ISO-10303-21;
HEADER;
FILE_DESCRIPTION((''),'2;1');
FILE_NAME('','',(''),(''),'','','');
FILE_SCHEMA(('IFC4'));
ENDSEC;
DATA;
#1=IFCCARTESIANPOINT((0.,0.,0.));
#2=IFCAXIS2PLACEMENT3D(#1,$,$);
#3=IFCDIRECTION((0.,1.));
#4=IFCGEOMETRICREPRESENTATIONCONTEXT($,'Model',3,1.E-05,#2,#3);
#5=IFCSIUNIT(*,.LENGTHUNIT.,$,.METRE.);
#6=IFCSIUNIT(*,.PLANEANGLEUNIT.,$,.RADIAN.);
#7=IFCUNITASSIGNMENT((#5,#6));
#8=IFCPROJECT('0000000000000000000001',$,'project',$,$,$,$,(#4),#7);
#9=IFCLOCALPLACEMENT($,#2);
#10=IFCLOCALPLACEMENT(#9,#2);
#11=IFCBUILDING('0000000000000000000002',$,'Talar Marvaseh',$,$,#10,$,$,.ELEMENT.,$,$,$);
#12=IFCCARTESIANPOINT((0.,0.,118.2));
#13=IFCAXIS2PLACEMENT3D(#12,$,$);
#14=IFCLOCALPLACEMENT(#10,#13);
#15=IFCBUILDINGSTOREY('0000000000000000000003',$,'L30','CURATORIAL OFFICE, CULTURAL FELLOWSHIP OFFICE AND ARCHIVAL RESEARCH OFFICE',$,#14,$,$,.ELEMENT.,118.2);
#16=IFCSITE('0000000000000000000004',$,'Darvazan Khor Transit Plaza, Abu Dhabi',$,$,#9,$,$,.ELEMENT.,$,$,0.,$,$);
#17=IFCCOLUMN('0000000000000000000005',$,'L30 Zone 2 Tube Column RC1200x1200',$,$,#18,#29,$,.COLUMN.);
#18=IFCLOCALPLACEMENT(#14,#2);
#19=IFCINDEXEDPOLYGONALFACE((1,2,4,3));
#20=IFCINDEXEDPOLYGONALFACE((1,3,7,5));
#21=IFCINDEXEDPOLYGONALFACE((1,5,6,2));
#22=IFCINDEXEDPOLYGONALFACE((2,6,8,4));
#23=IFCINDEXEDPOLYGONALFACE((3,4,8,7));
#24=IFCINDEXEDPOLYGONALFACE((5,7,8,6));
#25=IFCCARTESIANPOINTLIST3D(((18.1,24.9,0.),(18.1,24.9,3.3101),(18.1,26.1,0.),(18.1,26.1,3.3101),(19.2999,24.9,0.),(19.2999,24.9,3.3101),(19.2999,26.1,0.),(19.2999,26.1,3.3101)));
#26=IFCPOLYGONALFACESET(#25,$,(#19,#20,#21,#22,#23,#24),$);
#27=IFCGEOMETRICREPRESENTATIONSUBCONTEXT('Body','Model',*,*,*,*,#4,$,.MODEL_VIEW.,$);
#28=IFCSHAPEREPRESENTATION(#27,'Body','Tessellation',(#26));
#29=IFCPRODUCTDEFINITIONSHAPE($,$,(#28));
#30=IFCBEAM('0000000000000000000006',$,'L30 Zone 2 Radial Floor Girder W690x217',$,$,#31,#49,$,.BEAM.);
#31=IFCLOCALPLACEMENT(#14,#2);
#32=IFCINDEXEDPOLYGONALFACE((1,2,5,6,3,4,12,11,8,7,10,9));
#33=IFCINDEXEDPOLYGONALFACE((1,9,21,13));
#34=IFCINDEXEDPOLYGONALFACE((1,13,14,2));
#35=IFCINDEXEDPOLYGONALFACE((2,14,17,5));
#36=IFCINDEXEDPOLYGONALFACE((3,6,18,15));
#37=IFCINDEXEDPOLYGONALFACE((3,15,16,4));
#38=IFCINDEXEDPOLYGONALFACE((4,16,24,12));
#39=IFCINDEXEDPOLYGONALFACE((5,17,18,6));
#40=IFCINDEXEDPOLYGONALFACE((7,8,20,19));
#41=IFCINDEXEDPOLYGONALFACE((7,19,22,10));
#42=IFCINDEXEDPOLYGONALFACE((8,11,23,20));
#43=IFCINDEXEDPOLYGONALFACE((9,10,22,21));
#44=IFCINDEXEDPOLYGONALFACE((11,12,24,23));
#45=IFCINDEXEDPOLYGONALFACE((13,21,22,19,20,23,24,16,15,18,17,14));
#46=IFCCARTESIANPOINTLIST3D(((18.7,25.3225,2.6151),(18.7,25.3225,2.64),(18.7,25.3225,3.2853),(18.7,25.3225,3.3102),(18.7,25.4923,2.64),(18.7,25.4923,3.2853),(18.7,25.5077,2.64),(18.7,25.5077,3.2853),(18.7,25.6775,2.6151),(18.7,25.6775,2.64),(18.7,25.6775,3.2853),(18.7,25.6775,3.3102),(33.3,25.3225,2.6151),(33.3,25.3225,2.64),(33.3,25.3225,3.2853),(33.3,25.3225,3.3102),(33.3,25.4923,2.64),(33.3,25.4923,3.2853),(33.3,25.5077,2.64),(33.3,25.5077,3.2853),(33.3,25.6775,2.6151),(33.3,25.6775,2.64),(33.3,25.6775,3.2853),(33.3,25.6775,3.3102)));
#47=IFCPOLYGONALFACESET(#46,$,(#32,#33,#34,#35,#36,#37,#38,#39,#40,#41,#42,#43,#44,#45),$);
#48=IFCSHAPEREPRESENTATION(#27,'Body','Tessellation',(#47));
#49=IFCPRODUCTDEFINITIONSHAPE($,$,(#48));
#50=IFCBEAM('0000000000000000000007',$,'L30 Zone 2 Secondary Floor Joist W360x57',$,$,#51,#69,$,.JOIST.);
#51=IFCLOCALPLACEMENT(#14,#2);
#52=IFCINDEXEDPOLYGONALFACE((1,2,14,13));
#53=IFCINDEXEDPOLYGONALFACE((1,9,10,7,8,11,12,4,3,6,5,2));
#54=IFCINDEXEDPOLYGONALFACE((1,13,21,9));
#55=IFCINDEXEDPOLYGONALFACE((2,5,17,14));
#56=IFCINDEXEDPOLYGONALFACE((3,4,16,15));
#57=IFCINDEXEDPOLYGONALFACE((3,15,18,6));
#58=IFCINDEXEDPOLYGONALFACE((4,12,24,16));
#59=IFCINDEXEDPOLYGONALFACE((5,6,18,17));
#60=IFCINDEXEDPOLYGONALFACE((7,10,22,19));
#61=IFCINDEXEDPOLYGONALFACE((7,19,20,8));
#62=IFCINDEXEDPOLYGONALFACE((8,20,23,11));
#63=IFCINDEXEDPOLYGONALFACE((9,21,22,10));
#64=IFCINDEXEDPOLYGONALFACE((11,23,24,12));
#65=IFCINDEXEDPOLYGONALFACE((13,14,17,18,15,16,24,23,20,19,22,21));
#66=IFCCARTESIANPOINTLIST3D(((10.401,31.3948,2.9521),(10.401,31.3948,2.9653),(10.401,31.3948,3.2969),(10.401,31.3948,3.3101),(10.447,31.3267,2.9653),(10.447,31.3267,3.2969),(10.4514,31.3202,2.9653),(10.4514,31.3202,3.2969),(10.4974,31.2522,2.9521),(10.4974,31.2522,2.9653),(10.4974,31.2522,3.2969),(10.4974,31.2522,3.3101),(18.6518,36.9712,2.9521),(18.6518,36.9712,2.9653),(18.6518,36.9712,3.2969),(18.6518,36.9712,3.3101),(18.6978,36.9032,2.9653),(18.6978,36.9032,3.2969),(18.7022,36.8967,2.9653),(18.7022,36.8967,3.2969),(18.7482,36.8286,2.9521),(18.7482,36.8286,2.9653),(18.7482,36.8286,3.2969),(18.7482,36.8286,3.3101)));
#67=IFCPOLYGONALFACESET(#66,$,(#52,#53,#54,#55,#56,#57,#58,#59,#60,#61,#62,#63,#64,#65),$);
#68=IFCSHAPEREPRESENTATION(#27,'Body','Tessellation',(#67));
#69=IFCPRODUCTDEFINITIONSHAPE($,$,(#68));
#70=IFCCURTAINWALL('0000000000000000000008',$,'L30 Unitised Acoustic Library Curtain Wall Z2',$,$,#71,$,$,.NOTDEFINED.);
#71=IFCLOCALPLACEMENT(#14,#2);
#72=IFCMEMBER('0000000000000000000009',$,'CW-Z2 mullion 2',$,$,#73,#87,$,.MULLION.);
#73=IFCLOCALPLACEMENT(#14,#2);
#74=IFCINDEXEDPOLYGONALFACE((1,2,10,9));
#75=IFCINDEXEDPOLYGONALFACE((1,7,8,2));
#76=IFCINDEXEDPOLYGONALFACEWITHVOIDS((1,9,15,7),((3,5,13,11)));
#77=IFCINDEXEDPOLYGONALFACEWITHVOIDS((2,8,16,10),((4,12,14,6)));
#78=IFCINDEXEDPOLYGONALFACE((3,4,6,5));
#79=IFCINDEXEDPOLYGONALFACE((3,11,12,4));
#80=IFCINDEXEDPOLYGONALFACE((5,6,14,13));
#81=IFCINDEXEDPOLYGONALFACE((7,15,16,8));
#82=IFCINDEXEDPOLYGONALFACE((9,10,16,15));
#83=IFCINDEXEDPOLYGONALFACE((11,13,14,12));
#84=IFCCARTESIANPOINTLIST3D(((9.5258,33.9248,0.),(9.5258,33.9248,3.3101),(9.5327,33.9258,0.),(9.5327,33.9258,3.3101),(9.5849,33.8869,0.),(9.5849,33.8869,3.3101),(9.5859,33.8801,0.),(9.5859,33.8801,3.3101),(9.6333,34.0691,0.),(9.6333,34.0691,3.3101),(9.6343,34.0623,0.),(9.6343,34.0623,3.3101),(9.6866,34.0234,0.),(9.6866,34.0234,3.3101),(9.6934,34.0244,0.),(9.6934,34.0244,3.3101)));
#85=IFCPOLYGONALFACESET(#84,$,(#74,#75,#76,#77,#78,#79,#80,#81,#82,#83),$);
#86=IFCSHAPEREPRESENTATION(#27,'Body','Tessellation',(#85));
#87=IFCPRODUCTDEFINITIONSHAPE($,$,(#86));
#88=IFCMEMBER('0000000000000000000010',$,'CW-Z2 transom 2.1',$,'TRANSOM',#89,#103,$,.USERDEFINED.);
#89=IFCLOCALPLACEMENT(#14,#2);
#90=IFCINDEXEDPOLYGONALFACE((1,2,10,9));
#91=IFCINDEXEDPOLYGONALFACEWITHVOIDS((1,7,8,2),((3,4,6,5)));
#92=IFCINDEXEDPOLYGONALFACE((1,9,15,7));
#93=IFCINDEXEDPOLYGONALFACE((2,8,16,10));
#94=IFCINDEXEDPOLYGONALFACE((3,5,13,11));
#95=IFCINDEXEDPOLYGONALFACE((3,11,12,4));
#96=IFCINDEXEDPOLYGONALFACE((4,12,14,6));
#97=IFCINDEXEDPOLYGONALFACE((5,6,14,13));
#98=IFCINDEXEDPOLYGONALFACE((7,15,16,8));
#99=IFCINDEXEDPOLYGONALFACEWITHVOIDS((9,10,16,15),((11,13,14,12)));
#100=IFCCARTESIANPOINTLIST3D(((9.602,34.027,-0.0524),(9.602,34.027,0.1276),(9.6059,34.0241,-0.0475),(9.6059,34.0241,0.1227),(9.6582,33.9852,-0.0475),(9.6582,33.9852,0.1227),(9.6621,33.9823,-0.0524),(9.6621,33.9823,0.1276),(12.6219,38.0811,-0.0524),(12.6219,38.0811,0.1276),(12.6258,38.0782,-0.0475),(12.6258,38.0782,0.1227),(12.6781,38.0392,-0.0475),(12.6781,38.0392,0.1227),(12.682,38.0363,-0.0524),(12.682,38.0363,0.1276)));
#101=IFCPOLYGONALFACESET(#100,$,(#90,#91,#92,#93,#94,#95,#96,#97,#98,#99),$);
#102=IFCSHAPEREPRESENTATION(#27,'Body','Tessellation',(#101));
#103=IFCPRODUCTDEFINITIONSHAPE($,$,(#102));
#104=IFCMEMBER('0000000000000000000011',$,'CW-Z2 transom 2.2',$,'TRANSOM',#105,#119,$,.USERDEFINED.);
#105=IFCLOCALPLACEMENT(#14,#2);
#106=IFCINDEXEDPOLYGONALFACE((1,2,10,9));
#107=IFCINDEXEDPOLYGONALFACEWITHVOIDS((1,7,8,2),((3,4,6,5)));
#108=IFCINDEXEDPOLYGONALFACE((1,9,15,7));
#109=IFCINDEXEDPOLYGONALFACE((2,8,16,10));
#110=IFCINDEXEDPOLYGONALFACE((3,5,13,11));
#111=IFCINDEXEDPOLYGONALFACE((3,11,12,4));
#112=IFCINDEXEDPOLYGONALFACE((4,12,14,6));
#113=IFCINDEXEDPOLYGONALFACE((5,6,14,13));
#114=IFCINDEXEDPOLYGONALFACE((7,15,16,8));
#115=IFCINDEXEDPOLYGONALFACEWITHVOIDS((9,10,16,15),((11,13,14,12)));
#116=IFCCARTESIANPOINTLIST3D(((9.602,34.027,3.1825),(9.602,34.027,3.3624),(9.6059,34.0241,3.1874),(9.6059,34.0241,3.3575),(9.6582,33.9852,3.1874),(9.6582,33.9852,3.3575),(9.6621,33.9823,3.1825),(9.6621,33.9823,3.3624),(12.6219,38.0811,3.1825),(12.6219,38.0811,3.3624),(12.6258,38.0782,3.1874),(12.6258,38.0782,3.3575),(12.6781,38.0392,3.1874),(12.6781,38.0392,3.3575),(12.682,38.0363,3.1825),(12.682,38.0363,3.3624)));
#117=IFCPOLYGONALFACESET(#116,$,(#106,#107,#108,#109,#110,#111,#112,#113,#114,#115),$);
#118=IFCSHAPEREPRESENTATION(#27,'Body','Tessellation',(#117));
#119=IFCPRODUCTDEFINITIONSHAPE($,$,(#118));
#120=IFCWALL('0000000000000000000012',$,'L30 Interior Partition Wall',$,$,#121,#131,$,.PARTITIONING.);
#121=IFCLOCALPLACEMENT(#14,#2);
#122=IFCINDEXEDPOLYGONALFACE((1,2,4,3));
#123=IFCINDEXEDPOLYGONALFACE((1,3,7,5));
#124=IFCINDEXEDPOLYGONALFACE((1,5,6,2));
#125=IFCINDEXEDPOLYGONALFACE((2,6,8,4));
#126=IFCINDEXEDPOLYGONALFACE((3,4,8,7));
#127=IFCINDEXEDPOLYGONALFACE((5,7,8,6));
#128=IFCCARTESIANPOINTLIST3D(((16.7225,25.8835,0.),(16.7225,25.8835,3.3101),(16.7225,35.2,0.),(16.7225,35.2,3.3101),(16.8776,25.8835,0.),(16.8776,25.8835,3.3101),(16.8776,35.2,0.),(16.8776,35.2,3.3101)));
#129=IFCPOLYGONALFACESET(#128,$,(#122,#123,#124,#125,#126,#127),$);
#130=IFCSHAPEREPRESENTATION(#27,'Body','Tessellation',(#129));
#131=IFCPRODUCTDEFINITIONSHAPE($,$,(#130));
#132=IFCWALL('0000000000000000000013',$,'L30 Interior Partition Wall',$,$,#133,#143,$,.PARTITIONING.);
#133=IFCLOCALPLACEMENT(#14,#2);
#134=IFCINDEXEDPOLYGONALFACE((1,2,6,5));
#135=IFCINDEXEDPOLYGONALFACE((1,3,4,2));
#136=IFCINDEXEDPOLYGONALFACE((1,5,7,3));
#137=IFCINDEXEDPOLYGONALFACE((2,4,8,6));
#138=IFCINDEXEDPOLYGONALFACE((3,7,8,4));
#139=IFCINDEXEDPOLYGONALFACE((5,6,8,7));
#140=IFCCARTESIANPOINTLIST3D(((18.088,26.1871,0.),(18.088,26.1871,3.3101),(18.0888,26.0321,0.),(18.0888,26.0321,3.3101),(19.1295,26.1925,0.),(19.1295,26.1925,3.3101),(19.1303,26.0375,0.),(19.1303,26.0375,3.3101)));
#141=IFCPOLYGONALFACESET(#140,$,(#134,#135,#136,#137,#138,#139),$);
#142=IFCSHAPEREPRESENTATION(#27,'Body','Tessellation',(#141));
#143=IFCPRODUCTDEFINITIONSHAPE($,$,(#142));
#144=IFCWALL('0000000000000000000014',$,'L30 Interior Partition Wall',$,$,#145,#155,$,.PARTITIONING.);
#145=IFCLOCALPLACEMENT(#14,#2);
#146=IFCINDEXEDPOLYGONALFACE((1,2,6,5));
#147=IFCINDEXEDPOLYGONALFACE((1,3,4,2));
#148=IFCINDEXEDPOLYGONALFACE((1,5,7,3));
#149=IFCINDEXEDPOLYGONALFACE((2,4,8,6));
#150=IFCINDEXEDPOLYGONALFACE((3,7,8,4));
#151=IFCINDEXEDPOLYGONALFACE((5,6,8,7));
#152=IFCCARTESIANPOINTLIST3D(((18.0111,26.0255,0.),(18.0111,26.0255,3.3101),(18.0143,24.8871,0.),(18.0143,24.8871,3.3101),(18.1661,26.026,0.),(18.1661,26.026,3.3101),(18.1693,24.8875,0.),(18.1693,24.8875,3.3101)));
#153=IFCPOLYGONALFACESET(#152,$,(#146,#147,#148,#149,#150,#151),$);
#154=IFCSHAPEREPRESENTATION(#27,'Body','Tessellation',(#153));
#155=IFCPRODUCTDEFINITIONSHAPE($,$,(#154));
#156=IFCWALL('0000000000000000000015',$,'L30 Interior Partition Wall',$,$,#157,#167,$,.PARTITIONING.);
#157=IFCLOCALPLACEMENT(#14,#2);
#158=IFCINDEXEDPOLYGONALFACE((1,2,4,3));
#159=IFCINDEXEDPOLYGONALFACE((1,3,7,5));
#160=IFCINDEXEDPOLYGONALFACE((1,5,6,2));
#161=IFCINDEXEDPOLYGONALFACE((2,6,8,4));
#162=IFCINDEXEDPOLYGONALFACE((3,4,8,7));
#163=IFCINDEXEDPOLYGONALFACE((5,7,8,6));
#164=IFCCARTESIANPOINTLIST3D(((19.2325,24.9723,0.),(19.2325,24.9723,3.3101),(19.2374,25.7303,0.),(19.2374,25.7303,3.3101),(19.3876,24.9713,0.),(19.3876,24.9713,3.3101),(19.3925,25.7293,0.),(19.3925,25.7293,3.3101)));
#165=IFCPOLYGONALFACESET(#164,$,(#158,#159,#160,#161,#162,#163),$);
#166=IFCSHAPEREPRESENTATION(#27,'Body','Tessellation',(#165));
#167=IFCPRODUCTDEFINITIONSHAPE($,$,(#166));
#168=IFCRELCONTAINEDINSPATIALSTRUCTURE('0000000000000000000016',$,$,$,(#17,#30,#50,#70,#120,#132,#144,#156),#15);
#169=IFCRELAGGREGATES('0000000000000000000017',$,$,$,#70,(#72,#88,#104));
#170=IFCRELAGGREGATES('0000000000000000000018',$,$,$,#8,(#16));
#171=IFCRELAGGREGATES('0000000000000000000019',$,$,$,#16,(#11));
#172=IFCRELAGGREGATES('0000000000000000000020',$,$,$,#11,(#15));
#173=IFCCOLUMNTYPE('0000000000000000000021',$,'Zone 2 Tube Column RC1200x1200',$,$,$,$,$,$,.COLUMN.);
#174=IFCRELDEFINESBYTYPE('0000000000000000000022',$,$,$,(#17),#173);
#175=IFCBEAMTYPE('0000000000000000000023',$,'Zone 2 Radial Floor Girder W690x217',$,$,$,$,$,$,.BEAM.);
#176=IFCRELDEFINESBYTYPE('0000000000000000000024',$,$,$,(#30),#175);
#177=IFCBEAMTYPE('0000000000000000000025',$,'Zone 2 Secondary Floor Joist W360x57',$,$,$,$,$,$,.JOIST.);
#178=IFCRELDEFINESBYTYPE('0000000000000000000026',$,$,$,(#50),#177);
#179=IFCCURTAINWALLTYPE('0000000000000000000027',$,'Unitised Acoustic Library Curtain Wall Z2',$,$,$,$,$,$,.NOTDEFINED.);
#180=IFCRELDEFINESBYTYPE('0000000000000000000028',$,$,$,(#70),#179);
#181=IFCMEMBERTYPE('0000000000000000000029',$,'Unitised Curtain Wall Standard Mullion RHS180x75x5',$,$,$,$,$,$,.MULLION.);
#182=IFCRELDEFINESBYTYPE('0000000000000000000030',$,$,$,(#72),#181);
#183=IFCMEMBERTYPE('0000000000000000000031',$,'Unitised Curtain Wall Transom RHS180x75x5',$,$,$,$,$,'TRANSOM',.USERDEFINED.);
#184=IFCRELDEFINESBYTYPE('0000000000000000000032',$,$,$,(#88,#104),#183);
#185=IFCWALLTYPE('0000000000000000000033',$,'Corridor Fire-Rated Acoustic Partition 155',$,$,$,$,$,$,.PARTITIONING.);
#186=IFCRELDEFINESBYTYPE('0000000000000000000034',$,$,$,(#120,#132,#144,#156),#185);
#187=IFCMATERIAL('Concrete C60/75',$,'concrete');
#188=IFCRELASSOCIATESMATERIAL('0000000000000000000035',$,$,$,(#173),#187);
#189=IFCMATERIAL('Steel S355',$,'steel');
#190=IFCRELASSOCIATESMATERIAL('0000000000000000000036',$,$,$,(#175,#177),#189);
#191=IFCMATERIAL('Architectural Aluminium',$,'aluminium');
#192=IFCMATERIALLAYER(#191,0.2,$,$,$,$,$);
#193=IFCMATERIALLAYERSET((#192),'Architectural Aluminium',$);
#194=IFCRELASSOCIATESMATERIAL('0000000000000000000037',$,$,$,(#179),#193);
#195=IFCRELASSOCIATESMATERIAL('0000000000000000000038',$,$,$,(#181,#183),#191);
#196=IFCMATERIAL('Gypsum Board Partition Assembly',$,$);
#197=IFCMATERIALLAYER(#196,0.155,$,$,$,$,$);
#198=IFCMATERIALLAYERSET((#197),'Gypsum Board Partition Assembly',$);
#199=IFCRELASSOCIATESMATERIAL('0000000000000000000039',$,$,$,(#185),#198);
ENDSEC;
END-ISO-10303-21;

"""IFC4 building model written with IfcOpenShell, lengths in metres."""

from ifc_helpers import new_model, si_unit, direction, frame, frame_2d, origin, origin_2d, place, context, subcontext, project, spatial, rectangle, hollow_rectangle, i_section, extrude, source, transform, mapped, material, layer, layer_set, material_profile, profile_set, type_object, type_shapes, element, aggregate, save


model = new_model("IFC4")

# Units and contexts
model_context = context("Model", 3, precision=1e-05, world=origin(), true_north=direction((0.0, 1.0)))
body_context = subcontext(model_context, "Body", "Model", "MODEL_VIEW")
ifc_project = project(units=[si_unit("LENGTHUNIT", "METRE"), si_unit("PLANEANGLEUNIT", "RADIAN")], contexts=[model_context])

# Site, building, storey
site_placement = place(None, origin())
site = spatial("IfcSite", under=ifc_project, at=site_placement, Name="Darvazan Khor Transit Plaza, Abu Dhabi", CompositionType="ELEMENT", RefElevation=0.0)
building_placement = place(site_placement, origin())
building = spatial("IfcBuilding", under=site, at=building_placement, Name="Talar Marvaseh", CompositionType="ELEMENT")
storey_placement = place(building_placement, frame((0.0, 0.0, 118.2)))
storey = spatial("IfcBuildingStorey", under=building, at=storey_placement, Name="L30", Description="CURATORIAL OFFICE, CULTURAL FELLOWSHIP OFFICE AND ARCHIVAL RESEARCH OFFICE", CompositionType="ELEMENT", Elevation=118.2)

# Column
ifc_material_1 = material(Name="Concrete C60/75", Category="concrete")
ifc_material_profile_1 = material_profile(ifc_material_1, rectangle(XDim=1.2, YDim=1.2, at=origin_2d()), Name="RC1200x1200")
ifc_profile_set_1 = profile_set([ifc_material_profile_1], Name="Concrete C60/75")
column_type = type_object("IfcColumnType", Name="Zone 2 Tube Column RC1200x1200", PredefinedType="COLUMN", material=ifc_profile_set_1)
column_placement = place(storey_placement, frame((18.7, 25.5, 0.0), z_axis=(0.0, 0.0, 1.0), x_axis=(1.0, 0.0, 0.0)))
element("IfcColumn", 1, at=column_placement, inside=storey, type_object=column_type, Name="L30 Zone 2 Tube Column RC1200x1200", PredefinedType="COLUMN", context=body_context, shape_type="SweptSolid", body=[
    extrude(rectangle(XDim=1.2, YDim=1.2, at=origin_2d()), origin(), (0.0, 0.0, 1.0), 3.3101),
])

# Beams
ifc_material_2 = material(Name="Steel S355", Category="steel")
ifc_material_profile_2 = material_profile(ifc_material_2, i_section(OverallWidth=0.355, OverallDepth=0.6951, WebThickness=0.0154, FlangeThickness=0.0249, at=origin_2d()), Name="W690x217")
ifc_profile_set_2 = profile_set([ifc_material_profile_2], Name="Steel S355")
beam_type_1 = type_object("IfcBeamType", Name="Zone 2 Radial Floor Girder W690x217", PredefinedType="BEAM", material=ifc_profile_set_2)
beam_1_placement = place(storey_placement, frame((18.7, 25.5, 2.9626), z_axis=(1.0, 0.0, 0.0), x_axis=(0.0, 1.0, 0.0)))
element("IfcBeam", 2, at=beam_1_placement, inside=storey, type_object=beam_type_1, Name="L30 Zone 2 Radial Floor Girder W690x217", PredefinedType="BEAM", context=body_context, shape_type="SweptSolid", body=[
    extrude(i_section(OverallWidth=0.355, OverallDepth=0.6951, WebThickness=0.0154, FlangeThickness=0.0249, at=origin_2d()), origin(), (0.0, 0.0, 1.0), 14.6001),
])
ifc_material_profile_3 = material_profile(ifc_material_2, i_section(OverallWidth=0.1721, OverallDepth=0.3579, WebThickness=0.0078, FlangeThickness=0.0132, at=origin_2d()), Name="W360x57")
ifc_profile_set_3 = profile_set([ifc_material_profile_3], Name="Steel S355")
beam_type_2 = type_object("IfcBeamType", Name="Zone 2 Secondary Floor Joist W360x57", PredefinedType="JOIST", material=ifc_profile_set_3)
beam_2_placement = place(storey_placement, frame((10.4492, 31.3235, 3.1311), z_axis=(0.828515, 0.559967, 0.0), x_axis=(-0.559967, 0.828515, 0.0)))
element("IfcBeam", 3, at=beam_2_placement, inside=storey, type_object=beam_type_2, Name="L30 Zone 2 Secondary Floor Joist W360x57", PredefinedType="JOIST", context=body_context, shape_type="SweptSolid", body=[
    extrude(i_section(OverallWidth=0.1721, OverallDepth=0.3579, WebThickness=0.0078, FlangeThickness=0.0132, at=origin_2d()), origin(), (0.0, 0.0, 1.0), 9.9585),
])

# Curtain wall, members
ifc_material_3 = material(Name="Architectural Aluminium", Category="aluminium")
ifc_layer_1 = layer(ifc_material_3, 0.2)
ifc_layer_set_1 = layer_set([ifc_layer_1], Name="Architectural Aluminium")
curtain_wall_type = type_object("IfcCurtainWallType", Name="Unitised Acoustic Library Curtain Wall Z2", PredefinedType="NOTDEFINED", material=ifc_layer_set_1)
curtain_wall_placement = place(storey_placement, origin())
curtain_wall = element("IfcCurtainWall", 4, at=curtain_wall_placement, inside=storey, type_object=curtain_wall_type, Name="L30 Unitised Acoustic Library Curtain Wall Z2", PredefinedType="NOTDEFINED")
ifc_material_profile_4 = material_profile(ifc_material_3, hollow_rectangle(XDim=0.075, YDim=0.1799, WallThickness=0.0049, at=origin_2d()), Name="RHS180x75x5")
ifc_profile_set_4 = profile_set([ifc_material_profile_4], Name="Architectural Aluminium")
member_type_1 = type_object("IfcMemberType", Name="Unitised Curtain Wall Standard Mullion RHS180x75x5", PredefinedType="MULLION", material=ifc_profile_set_4)
shared_shape_1 = source(origin(), body_context, "Body", "SweptSolid", [
    extrude(hollow_rectangle(XDim=0.075, YDim=0.1799, WallThickness=0.0049, at=origin_2d()), origin(), (0.0, 0.0, 1.0), 3.3101),
])
type_shapes(member_type_1, [shared_shape_1])
member_1_placement = place(storey_placement, frame((9.6096, 33.9746, 0.0), z_axis=(0.0, 0.0, 1.0), x_axis=(-0.801961, 0.597376, 0.0)))
member_1 = element("IfcMember", 5, at=member_1_placement, type_object=member_type_1, Name="CW-Z2 mullion 2", PredefinedType="MULLION", context=body_context, shape_type="MappedRepresentation", body=[
    mapped(shared_shape_1, transform((0.0, 0.0, 0.0), x_axis=(1.0, 0.0, 0.0), y_axis=(0.0, 1.0, 0.0), z_axis=(0.0, 0.0, 1.0), scale=1.0)),
])
ifc_material_profile_5 = material_profile(ifc_material_3, hollow_rectangle(XDim=0.075, YDim=0.1799, WallThickness=0.0049, at=origin_2d()), Name="RHS180x75x5")
ifc_profile_set_5 = profile_set([ifc_material_profile_5], Name="Architectural Aluminium")
member_type_2 = type_object("IfcMemberType", Name="Unitised Curtain Wall Transom RHS180x75x5", ElementType="TRANSOM", PredefinedType="USERDEFINED", material=ifc_profile_set_5)
shared_shape_2 = source(origin(), body_context, "Body", "SweptSolid", [
    extrude(hollow_rectangle(XDim=0.075, YDim=0.1799, WallThickness=0.0049, at=origin_2d()), origin(), (0.0, 0.0, 1.0), 5.0552),
])
type_shapes(member_type_2, [shared_shape_2])
member_2_placement = place(storey_placement, frame((9.6321, 34.0046, 0.0376), z_axis=(0.597377, 0.80196, 0.0), x_axis=(-0.80196, 0.597377, 0.0)))
member_2 = element("IfcMember", 6, at=member_2_placement, type_object=member_type_2, Name="CW-Z2 transom 2.1", ObjectType="TRANSOM", PredefinedType="USERDEFINED", context=body_context, shape_type="MappedRepresentation", body=[
    mapped(shared_shape_2, transform((0.0, 0.0, 0.0), x_axis=(1.0, 0.0, 0.0), y_axis=(0.0, 1.0, 0.0), z_axis=(0.0, 0.0, 1.0), scale=1.0)),
])
member_3_placement = place(storey_placement, frame((9.6321, 34.0046, 3.2725), z_axis=(0.597377, 0.80196, 0.0), x_axis=(-0.80196, 0.597377, 0.0)))
member_3 = element("IfcMember", 7, at=member_3_placement, type_object=member_type_2, Name="CW-Z2 transom 2.2", ObjectType="TRANSOM", PredefinedType="USERDEFINED", context=body_context, shape_type="MappedRepresentation", body=[
    mapped(shared_shape_2, transform((0.0, 0.0, 0.0), x_axis=(1.0, 0.0, 0.0), y_axis=(0.0, 1.0, 0.0), z_axis=(0.0, 0.0, 1.0), scale=1.0)),
])
aggregate(curtain_wall, [member_1, member_2, member_3])

# Walls
ifc_material_4 = material(Name="Gypsum Board Partition Assembly")
ifc_layer_2 = layer(ifc_material_4, 0.155)
ifc_layer_set_2 = layer_set([ifc_layer_2], Name="Gypsum Board Partition Assembly")
wall_type_1 = type_object("IfcWallType", Name="Corridor Fire-Rated Acoustic Partition 155", PredefinedType="PARTITIONING", material=ifc_layer_set_2)
wall_1_placement = place(storey_placement, frame((16.8, 25.8835, 0.0), z_axis=(0.0, 0.0, 1.0), x_axis=(0.0, 1.0, 0.0)))
element("IfcWall", 8, at=wall_1_placement, inside=storey, type_object=wall_type_1, Name="L30 Interior Partition Wall", PredefinedType="PARTITIONING", context=body_context, shape_type="SweptSolid", body=[
    extrude(rectangle(XDim=9.3164, YDim=0.155, at=frame_2d((4.6582, 0.0))), origin(), (0.0, 0.0, 1.0), 3.3101),
])
wall_2_placement = place(storey_placement, frame((19.1299, 26.115, 0.0), z_axis=(0.0, 0.0, 1.0), x_axis=(-0.999987, -0.005157, 0.0)))
element("IfcWall", 9, at=wall_2_placement, inside=storey, type_object=wall_type_1, Name="L30 Interior Partition Wall", PredefinedType="PARTITIONING", context=body_context, shape_type="SweptSolid", body=[
    extrude(rectangle(XDim=1.0415, YDim=0.155, at=frame_2d((0.5208, 0.0))), origin(), (0.0, 0.0, 1.0), 3.3101),
])
wall_3_placement = place(storey_placement, frame((18.0886, 26.0259, 0.0), z_axis=(0.0, 0.0, 1.0), x_axis=(0.002788, -0.999996, 0.0)))
element("IfcWall", 10, at=wall_3_placement, inside=storey, type_object=wall_type_1, Name="L30 Interior Partition Wall", PredefinedType="PARTITIONING", context=body_context, shape_type="SweptSolid", body=[
    extrude(rectangle(XDim=1.1384, YDim=0.155, at=frame_2d((0.5693, 0.0))), origin(), (0.0, 0.0, 1.0), 3.3101),
])
wall_4_placement = place(storey_placement, frame((19.3101, 24.9719, 0.0), z_axis=(0.0, 0.0, 1.0), x_axis=(0.006441, 0.999979, 0.0)))
element("IfcWall", 11, at=wall_4_placement, inside=storey, type_object=wall_type_1, Name="L30 Interior Partition Wall", PredefinedType="PARTITIONING", context=body_context, shape_type="SweptSolid", body=[
    extrude(rectangle(XDim=0.7581, YDim=0.155, at=frame_2d((0.3789, 0.0))), origin(), (0.0, 0.0, 1.0), 3.3101),
])

save(model, "model.ifc")
